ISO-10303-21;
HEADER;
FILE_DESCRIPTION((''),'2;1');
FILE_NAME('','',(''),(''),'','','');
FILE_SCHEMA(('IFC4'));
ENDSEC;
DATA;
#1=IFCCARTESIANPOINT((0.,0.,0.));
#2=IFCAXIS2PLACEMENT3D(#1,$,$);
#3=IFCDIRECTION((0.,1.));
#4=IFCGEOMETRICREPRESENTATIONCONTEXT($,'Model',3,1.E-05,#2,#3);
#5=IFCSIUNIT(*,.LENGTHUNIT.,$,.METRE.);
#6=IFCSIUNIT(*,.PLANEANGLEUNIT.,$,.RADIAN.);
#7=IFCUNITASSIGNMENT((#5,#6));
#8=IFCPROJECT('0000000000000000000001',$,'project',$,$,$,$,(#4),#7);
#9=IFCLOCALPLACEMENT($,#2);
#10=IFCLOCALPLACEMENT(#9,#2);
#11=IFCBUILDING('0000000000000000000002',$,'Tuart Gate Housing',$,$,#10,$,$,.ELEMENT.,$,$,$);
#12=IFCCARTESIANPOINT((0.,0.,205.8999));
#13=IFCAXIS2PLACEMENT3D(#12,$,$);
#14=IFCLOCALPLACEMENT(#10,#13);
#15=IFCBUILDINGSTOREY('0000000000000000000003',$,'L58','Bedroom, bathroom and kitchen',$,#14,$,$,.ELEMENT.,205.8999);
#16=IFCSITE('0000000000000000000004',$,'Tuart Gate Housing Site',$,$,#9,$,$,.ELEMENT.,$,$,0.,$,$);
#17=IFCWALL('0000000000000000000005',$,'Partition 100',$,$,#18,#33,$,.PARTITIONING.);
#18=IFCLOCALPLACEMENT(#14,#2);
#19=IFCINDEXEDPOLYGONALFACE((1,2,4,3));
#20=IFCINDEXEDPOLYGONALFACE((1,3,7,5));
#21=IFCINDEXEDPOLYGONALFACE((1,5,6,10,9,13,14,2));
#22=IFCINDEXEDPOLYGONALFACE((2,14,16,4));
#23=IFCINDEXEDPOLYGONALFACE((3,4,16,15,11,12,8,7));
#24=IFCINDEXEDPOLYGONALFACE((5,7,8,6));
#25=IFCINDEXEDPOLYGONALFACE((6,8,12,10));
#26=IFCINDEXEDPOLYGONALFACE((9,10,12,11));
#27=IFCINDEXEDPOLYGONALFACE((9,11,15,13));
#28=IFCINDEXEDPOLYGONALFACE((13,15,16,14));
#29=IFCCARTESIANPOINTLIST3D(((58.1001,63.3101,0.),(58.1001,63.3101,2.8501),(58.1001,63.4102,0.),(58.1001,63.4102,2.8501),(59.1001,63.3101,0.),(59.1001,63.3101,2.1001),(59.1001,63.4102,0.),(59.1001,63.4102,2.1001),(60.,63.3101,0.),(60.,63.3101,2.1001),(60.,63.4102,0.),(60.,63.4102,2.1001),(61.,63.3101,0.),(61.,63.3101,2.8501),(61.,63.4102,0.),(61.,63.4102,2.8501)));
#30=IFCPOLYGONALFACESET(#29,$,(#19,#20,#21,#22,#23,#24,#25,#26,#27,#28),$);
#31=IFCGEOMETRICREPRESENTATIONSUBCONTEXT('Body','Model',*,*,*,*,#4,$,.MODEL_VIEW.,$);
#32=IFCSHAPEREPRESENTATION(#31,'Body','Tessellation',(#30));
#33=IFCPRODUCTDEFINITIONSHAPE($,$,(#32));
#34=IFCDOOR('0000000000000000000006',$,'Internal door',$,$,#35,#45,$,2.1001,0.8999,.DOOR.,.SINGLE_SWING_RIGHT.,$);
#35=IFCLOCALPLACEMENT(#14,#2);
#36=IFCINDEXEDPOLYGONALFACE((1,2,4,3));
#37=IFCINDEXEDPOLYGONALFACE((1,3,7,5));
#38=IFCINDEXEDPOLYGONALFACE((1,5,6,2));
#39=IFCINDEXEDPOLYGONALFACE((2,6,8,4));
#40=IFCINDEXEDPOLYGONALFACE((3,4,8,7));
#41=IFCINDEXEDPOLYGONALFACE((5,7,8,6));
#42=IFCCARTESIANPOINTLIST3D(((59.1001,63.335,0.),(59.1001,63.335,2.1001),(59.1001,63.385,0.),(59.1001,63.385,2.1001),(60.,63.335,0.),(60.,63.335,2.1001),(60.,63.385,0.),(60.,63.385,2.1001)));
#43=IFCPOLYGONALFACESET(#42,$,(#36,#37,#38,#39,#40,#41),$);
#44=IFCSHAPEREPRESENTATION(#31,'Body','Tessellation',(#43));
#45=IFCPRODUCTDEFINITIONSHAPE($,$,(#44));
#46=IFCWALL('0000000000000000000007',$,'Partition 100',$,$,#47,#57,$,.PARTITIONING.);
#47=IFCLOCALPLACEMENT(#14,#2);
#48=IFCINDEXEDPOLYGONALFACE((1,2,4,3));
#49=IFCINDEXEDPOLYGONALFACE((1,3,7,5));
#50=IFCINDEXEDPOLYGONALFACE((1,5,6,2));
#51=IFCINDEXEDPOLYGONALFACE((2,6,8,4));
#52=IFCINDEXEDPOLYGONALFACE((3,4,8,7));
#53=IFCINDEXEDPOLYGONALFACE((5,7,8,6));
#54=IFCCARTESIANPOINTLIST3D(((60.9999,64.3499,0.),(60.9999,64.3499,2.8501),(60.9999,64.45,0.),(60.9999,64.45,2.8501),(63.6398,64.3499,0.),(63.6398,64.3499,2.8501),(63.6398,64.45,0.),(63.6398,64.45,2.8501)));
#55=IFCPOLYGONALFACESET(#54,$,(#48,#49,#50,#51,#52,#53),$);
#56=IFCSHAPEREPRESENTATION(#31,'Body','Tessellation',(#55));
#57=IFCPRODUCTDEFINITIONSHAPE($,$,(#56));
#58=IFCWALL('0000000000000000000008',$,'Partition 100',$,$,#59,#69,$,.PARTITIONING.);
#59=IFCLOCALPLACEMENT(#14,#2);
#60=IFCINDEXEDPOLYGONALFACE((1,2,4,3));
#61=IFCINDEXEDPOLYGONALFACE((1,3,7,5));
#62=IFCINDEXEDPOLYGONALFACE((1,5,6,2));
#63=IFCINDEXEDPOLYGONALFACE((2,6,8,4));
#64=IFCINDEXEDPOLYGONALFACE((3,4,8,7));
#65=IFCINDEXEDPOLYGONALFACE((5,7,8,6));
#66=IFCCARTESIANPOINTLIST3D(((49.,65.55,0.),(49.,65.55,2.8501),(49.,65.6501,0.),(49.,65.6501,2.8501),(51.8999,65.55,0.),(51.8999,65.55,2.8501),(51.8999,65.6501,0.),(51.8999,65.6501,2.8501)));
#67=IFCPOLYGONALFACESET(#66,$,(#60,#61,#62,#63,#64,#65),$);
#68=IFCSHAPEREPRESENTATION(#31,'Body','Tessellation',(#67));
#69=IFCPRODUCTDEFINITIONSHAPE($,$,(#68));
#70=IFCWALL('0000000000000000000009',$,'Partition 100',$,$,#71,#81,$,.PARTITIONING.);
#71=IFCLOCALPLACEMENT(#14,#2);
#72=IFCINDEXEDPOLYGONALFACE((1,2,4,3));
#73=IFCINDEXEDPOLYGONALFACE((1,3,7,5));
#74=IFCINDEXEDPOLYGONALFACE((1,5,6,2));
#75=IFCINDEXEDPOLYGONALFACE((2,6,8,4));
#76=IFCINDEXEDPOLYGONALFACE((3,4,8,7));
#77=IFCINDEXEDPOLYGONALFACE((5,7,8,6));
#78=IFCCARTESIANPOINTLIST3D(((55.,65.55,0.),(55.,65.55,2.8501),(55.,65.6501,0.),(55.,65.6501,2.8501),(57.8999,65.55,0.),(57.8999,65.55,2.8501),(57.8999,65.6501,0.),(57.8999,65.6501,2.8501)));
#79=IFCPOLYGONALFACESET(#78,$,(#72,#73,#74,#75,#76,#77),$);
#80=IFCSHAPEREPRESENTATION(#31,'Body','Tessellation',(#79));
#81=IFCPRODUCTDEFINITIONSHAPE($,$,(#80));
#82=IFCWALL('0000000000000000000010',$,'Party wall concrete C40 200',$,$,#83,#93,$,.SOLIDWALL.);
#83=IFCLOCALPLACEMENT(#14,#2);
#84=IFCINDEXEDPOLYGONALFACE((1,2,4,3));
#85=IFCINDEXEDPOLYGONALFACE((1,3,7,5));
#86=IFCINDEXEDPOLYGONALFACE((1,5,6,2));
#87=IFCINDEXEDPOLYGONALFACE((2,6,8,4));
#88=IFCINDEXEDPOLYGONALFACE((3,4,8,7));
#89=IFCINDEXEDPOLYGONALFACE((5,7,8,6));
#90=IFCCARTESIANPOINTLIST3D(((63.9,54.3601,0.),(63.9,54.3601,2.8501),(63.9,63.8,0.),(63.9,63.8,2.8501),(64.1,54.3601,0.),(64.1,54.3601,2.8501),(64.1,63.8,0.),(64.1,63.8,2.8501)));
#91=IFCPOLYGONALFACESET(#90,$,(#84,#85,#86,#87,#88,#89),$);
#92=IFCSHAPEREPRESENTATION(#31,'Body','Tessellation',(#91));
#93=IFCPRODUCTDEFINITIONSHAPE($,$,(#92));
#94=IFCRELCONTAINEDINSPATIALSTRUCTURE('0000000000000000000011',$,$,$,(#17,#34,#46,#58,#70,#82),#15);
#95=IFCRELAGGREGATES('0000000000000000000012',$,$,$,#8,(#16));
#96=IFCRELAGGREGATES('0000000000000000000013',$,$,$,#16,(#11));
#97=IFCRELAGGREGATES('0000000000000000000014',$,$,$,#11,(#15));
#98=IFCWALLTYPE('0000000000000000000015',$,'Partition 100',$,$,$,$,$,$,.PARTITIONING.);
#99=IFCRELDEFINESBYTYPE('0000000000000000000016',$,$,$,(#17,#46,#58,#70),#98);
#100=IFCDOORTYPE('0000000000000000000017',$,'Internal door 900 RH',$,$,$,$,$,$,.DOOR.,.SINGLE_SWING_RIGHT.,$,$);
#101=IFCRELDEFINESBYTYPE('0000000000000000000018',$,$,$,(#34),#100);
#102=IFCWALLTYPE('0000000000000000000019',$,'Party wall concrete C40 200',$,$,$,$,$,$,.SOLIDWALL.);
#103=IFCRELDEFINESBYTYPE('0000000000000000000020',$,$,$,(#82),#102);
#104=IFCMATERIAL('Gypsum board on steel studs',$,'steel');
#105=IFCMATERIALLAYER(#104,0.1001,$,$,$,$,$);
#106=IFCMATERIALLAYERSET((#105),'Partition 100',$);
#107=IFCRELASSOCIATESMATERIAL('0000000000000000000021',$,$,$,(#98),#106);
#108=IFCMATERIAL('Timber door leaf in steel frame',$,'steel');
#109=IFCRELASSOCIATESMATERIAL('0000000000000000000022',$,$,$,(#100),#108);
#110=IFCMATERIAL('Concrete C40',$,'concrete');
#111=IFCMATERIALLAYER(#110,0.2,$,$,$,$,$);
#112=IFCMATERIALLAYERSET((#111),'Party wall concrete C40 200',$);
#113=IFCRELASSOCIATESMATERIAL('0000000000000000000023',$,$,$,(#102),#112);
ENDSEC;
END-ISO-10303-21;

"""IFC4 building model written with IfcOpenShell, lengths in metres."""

from ifc_helpers import new_model, si_unit, direction, frame, frame_2d, origin, place, context, subcontext, project, spatial, rectangle, extrude, material, layer, layer_set, type_object, element, fill, save


model = new_model("IFC4")

# Units and contexts
model_context = context("Model", 3, precision=1e-05, world=origin(), true_north=direction((0.0, 1.0)))
body_context = subcontext(model_context, "Body", "Model", "MODEL_VIEW")
ifc_project = project(units=[si_unit("LENGTHUNIT", "METRE"), si_unit("PLANEANGLEUNIT", "RADIAN")], contexts=[model_context])

# Site, building, storey
site_placement = place(None, origin())
site = spatial("IfcSite", under=ifc_project, at=site_placement, Name="Tuart Gate Housing Site", CompositionType="ELEMENT", RefElevation=0.0)
building_placement = place(site_placement, origin())
building = spatial("IfcBuilding", under=site, at=building_placement, Name="Tuart Gate Housing", CompositionType="ELEMENT")
storey_placement = place(building_placement, frame((0.0, 0.0, 205.8999)))
storey = spatial("IfcBuildingStorey", under=building, at=storey_placement, Name="L58", Description="Bedroom, bathroom and kitchen", CompositionType="ELEMENT", Elevation=205.8999)

# Wall, opening, door
ifc_material_1 = material(Name="Gypsum board on steel studs", Category="steel")
ifc_layer_1 = layer(ifc_material_1, 0.1001)
ifc_layer_set_1 = layer_set([ifc_layer_1], Name="Partition 100")
wall_type_1 = type_object("IfcWallType", Name="Partition 100", PredefinedType="PARTITIONING", material=ifc_layer_set_1)
ifc_material_2 = material(Name="Timber door leaf in steel frame", Category="steel")
door_type_1 = type_object("IfcDoorType", Name="Internal door 900 RH", OperationType="SINGLE_SWING_RIGHT", PredefinedType="DOOR", material=ifc_material_2)
wall_1_placement = place(storey_placement, frame((58.1001, 63.3601, 0.0), z_axis=(0.0, 0.0, 1.0), x_axis=(1.0, 0.0, 0.0)))
wall_1 = element("IfcWall", 1, at=wall_1_placement, inside=storey, type_object=wall_type_1, Name="Partition 100", PredefinedType="PARTITIONING", context=body_context, shape_type="SweptSolid", body=[
    extrude(rectangle(XDim=2.8999, YDim=0.1001, at=frame_2d((1.45, 0.0))), origin(), (0.0, 0.0, 1.0), 2.8501),
])
opening_1_placement = place(wall_1_placement, frame((1.0, 0.0, 0.0)))
opening_1 = element("IfcOpeningElement", 2, at=opening_1_placement, cuts=wall_1, PredefinedType="OPENING", context=body_context, shape_type="SweptSolid", body=[
    extrude(rectangle(XDim=0.8999, YDim=2.1001, at=frame_2d((0.45, 1.05))), frame((0.0, 0.0601, 0.0), z_axis=(0.0, -1.0, 0.0), x_axis=(1.0, 0.0, 0.0)), (0.0, 0.0, 1.0), 0.1201),
])
door_1_placement = place(opening_1_placement, origin())
door_1 = element("IfcDoor", 3, at=door_1_placement, inside=storey, type_object=door_type_1, Name="Internal door", OperationType="SINGLE_SWING_RIGHT", OverallHeight=2.1001, OverallWidth=0.8999, PredefinedType="DOOR", context=body_context, shape_type="SweptSolid", body=[
    extrude(rectangle(XDim=0.8999, YDim=2.1001, at=frame_2d((0.45, 1.05))), frame((0.0, 0.0249, 0.0), z_axis=(0.0, -1.0, 0.0), x_axis=(1.0, 0.0, 0.0)), (0.0, 0.0, 1.0), 0.05),
])
fill(opening_1, door_1)

# Walls
wall_2_placement = place(storey_placement, frame((61.0, 64.3999, 0.0), z_axis=(0.0, 0.0, 1.0), x_axis=(1.0, 0.0, 0.0)))
element("IfcWall", 4, at=wall_2_placement, inside=storey, type_object=wall_type_1, Name="Partition 100", PredefinedType="PARTITIONING", context=body_context, shape_type="SweptSolid", body=[
    extrude(rectangle(XDim=2.6399, YDim=0.1001, at=frame_2d((1.3198, 0.0))), origin(), (0.0, 0.0, 1.0), 2.8501),
])
for number, where, z_axis, x_axis, name in (
    (5, (49.0, 65.6001, 0.0), (0.0, 0.0, 1.0), (1.0, 0.0, 0.0), "Partition 100"),
    (6, (55.0, 65.6001, 0.0), (0.0, 0.0, 1.0), (1.0, 0.0, 0.0), "Partition 100"),
):
    element("IfcWall", number, at=place(storey_placement, frame(where, z_axis=z_axis, x_axis=x_axis)), inside=storey, type_object=wall_type_1, Name=name, PredefinedType="PARTITIONING", context=body_context, shape_type="SweptSolid", body=[
        extrude(rectangle(XDim=2.8999, YDim=0.1001, at=frame_2d((1.45, 0.0))), origin(), (0.0, 0.0, 1.0), 2.8501),
    ])
ifc_material_3 = material(Name="Concrete C40", Category="concrete")
ifc_layer_2 = layer(ifc_material_3, 0.2)
ifc_layer_set_2 = layer_set([ifc_layer_2], Name="Party wall concrete C40 200")
wall_type_2 = type_object("IfcWallType", Name="Party wall concrete C40 200", PredefinedType="SOLIDWALL", material=ifc_layer_set_2)
wall_3_placement = place(storey_placement, frame((64.0, 54.3601, 0.0), z_axis=(0.0, 0.0, 1.0), x_axis=(0.0, 1.0, 0.0)))
element("IfcWall", 7, at=wall_3_placement, inside=storey, type_object=wall_type_2, Name="Party wall concrete C40 200", PredefinedType="SOLIDWALL", context=body_context, shape_type="SweptSolid", body=[
    extrude(rectangle(XDim=9.4399, YDim=0.2, at=frame_2d((4.72, 0.0))), origin(), (0.0, 0.0, 1.0), 2.8501),
])

save(model, "model.ifc")
